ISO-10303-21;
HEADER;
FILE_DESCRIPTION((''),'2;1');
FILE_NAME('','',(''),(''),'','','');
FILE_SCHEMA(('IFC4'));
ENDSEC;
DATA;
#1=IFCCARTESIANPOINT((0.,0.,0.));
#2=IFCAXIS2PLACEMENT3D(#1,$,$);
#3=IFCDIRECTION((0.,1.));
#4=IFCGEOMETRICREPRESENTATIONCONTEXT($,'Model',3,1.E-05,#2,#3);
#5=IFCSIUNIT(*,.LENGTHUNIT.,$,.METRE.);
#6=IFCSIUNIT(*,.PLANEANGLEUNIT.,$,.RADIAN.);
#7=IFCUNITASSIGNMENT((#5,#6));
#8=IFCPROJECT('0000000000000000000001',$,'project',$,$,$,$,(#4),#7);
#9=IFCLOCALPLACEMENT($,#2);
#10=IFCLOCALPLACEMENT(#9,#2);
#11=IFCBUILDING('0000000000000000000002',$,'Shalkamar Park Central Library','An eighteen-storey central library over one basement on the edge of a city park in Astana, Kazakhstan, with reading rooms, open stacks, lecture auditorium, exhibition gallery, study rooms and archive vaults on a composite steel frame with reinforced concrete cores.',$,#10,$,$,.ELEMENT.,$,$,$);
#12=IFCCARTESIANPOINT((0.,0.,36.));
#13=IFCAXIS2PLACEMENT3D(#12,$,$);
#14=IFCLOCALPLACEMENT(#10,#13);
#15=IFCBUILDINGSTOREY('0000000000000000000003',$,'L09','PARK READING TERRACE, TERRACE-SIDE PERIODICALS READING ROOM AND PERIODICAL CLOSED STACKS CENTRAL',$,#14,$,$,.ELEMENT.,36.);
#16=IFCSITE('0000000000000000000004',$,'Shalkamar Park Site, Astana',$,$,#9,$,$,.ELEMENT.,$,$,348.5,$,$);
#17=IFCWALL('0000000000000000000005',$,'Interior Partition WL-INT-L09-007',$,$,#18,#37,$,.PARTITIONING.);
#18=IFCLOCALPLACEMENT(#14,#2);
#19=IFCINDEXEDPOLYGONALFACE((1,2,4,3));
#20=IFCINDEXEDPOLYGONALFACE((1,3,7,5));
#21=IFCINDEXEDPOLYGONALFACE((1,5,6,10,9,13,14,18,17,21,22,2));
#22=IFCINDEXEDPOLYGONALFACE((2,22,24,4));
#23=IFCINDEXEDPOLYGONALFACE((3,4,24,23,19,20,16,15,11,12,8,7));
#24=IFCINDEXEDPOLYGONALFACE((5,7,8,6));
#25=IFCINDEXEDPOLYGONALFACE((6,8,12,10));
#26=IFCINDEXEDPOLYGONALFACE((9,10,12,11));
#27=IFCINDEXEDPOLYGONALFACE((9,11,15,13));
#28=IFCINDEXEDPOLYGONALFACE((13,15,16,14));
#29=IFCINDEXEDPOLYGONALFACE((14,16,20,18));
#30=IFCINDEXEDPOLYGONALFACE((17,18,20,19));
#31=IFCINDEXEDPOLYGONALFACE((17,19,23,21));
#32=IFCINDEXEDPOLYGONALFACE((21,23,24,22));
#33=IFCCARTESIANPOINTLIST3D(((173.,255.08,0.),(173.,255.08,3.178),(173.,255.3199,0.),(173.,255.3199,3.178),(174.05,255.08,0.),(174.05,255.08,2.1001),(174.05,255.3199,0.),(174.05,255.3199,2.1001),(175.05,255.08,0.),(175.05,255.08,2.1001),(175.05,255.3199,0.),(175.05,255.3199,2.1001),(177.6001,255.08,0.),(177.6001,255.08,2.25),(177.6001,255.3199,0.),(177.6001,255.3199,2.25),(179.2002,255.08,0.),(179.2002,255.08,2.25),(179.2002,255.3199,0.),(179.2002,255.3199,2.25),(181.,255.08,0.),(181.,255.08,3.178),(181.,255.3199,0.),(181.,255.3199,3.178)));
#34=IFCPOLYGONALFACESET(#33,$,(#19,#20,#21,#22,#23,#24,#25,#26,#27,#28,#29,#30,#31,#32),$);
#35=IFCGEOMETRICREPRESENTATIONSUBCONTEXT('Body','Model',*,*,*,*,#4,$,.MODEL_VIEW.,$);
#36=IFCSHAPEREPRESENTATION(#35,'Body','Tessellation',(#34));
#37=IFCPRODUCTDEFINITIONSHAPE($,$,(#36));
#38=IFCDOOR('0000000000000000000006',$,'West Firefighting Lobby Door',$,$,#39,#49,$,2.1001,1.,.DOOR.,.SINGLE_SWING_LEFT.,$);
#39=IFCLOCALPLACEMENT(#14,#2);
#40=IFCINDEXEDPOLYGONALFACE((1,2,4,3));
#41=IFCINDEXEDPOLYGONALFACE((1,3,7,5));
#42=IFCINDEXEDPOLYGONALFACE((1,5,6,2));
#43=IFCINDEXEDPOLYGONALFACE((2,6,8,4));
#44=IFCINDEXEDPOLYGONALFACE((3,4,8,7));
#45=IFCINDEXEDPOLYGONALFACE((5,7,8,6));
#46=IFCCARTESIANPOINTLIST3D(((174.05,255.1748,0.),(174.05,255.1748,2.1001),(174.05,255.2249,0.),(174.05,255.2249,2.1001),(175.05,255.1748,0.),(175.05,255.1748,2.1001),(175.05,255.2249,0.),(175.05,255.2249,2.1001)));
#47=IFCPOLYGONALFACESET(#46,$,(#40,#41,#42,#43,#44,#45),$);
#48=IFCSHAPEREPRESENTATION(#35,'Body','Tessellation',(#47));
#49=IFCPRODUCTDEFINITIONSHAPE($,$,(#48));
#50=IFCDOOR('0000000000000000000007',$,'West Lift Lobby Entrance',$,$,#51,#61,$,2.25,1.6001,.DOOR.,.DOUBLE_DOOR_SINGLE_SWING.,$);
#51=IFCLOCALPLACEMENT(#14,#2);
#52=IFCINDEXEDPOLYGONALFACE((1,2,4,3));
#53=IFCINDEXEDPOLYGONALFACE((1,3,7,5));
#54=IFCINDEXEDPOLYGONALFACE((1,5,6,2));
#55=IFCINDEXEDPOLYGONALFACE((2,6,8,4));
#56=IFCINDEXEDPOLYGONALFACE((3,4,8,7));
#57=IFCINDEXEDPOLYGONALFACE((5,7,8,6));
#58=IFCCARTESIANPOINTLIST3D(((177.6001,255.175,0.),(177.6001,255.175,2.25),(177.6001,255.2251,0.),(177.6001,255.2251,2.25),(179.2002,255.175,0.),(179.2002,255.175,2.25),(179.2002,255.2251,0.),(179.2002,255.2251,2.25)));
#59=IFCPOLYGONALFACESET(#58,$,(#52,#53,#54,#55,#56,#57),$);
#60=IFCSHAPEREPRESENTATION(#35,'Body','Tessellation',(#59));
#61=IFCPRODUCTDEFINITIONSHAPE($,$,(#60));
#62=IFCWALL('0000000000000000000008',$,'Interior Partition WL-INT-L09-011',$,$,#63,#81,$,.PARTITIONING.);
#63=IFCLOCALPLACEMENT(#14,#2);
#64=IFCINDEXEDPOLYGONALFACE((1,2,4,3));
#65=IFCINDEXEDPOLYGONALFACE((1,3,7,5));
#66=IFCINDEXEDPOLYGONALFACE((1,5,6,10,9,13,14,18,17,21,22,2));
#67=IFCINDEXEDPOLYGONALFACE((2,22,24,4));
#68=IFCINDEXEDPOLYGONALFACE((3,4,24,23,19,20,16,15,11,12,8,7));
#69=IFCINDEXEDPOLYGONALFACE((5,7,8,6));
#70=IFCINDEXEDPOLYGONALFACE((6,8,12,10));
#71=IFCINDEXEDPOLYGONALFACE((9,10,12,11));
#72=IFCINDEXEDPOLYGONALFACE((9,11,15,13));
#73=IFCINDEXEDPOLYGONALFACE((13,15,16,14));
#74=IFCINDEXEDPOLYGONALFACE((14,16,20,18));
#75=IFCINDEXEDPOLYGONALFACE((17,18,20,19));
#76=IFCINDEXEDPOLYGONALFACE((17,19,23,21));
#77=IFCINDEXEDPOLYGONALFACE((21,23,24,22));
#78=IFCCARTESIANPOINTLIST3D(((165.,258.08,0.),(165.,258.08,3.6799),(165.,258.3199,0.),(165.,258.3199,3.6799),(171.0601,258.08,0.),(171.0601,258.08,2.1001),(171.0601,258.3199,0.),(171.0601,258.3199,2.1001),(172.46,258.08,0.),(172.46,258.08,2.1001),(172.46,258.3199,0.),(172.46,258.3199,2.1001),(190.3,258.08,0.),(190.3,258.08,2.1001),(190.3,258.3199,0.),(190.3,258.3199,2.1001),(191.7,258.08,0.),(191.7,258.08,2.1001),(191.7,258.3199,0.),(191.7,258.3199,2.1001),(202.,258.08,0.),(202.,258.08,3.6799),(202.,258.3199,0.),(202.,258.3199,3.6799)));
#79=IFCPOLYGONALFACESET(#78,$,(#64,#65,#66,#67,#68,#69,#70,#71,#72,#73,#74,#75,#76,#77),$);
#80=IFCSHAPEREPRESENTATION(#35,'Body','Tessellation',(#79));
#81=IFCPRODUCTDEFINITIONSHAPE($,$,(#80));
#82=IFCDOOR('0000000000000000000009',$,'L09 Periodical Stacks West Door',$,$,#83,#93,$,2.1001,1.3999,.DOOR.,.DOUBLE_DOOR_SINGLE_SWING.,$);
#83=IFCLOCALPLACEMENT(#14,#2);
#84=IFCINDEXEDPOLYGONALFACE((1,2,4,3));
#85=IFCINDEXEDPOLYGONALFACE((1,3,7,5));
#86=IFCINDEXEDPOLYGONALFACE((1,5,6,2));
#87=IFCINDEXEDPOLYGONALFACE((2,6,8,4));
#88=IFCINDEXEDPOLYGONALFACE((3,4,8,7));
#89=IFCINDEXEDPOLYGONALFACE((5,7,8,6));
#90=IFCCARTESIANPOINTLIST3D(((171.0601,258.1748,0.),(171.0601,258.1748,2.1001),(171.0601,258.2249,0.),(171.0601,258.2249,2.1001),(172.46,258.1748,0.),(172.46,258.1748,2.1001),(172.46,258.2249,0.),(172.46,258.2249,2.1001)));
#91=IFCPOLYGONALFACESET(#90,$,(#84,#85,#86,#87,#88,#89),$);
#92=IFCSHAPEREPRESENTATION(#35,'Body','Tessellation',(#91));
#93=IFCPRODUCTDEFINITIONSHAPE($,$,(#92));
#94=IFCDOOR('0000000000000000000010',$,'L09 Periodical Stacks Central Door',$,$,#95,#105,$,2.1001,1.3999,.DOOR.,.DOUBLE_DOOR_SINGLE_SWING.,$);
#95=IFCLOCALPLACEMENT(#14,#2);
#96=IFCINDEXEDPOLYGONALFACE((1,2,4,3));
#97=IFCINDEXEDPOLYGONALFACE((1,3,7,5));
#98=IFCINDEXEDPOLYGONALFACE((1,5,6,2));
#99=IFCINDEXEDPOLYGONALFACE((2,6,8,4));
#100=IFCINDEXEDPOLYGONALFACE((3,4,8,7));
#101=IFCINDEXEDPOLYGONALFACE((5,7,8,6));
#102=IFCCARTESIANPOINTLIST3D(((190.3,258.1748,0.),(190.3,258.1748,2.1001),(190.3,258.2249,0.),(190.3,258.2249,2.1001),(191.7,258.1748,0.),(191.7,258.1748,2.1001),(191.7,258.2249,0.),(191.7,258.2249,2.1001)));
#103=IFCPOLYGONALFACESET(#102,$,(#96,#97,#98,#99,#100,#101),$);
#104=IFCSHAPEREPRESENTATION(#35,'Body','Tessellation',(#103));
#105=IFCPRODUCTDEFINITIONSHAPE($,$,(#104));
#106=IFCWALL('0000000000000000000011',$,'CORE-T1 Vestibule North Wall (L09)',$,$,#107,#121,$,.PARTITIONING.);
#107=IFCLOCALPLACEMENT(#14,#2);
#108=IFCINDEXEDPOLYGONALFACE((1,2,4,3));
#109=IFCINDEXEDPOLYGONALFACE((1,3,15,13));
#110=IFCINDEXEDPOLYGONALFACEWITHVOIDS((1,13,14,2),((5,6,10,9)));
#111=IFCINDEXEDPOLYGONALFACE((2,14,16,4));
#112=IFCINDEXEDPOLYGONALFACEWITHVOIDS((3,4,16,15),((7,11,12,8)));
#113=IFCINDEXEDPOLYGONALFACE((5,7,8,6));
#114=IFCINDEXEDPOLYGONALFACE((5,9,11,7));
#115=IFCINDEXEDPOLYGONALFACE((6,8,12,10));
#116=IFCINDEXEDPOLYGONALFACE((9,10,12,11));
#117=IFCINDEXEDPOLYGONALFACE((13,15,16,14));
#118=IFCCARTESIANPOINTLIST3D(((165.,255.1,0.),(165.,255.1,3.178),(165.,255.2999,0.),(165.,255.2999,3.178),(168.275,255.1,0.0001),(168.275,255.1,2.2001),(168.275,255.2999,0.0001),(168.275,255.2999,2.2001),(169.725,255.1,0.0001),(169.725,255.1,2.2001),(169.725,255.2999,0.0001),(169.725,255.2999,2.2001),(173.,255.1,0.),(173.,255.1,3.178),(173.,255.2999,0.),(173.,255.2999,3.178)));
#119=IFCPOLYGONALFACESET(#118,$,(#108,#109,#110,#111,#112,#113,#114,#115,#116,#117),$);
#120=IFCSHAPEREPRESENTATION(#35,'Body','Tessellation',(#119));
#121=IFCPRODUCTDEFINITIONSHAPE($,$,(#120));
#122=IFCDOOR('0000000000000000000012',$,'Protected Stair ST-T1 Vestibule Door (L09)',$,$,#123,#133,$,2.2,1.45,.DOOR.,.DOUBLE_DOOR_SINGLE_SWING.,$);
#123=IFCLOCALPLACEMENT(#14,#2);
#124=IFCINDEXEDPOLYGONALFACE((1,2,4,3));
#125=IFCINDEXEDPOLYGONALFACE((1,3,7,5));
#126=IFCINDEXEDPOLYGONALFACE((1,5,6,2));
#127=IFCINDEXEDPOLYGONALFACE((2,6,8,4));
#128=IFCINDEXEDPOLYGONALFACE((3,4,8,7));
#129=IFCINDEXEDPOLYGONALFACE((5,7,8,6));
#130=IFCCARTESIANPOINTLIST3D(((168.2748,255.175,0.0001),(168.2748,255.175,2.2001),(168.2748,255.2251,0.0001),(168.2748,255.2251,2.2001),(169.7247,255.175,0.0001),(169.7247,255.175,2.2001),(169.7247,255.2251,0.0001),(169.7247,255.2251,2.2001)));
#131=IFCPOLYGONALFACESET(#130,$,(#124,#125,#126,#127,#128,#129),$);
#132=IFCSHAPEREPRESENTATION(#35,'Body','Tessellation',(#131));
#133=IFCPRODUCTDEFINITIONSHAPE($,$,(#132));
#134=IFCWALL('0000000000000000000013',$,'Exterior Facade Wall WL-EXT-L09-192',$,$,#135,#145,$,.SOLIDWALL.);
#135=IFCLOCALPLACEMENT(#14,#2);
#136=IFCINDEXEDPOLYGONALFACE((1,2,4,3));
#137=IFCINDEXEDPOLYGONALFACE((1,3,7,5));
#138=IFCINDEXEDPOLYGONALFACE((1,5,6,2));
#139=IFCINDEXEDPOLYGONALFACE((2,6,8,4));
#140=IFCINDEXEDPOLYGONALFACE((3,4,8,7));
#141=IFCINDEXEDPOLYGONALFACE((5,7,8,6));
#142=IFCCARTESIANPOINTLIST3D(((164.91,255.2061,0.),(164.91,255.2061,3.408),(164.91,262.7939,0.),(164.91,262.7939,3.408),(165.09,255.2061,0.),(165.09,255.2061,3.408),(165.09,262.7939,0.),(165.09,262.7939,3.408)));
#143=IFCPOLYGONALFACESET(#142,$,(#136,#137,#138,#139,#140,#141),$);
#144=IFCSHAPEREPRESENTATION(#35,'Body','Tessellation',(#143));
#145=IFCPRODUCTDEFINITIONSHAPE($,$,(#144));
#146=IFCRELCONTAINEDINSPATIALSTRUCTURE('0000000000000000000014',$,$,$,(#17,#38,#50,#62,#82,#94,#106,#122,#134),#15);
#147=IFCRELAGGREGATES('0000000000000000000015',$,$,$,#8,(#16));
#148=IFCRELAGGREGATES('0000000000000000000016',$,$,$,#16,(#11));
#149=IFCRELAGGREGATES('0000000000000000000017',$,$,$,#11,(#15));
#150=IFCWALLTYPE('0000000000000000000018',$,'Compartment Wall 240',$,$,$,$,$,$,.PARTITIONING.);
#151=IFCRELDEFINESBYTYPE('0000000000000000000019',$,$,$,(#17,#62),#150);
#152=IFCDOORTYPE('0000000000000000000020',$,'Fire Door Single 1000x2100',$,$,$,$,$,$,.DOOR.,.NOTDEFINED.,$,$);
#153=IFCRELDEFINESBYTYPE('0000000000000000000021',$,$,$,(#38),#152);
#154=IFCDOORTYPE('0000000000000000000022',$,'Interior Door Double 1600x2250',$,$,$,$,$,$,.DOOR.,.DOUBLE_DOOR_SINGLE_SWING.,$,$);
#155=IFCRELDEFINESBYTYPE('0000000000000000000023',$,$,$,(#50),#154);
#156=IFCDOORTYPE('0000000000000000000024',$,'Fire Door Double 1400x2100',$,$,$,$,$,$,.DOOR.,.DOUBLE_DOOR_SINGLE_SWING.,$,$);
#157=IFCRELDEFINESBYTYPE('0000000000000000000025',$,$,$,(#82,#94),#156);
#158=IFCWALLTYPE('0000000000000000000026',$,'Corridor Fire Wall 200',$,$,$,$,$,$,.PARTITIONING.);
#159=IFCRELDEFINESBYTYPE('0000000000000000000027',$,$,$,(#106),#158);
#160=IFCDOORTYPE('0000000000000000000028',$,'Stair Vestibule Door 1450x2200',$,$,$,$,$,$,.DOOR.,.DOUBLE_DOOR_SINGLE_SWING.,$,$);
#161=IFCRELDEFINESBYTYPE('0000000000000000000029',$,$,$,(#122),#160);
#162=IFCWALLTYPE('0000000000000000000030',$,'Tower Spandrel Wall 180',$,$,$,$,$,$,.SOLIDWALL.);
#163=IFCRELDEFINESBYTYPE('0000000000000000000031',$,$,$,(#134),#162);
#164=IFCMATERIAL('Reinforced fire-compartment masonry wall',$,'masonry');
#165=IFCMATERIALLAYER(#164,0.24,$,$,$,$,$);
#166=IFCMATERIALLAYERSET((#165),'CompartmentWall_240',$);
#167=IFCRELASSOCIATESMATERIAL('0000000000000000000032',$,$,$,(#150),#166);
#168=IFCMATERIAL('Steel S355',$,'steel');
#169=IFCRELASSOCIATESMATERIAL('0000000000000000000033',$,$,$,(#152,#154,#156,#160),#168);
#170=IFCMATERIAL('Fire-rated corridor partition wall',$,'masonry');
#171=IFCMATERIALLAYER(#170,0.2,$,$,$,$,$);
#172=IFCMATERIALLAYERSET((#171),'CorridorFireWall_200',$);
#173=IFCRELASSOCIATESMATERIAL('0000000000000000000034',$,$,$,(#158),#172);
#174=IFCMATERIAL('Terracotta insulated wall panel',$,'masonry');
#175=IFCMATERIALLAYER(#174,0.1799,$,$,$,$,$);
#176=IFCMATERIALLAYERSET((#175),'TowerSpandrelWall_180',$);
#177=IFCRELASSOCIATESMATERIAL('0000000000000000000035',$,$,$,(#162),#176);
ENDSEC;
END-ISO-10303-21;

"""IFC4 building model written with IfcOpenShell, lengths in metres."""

from ifc_helpers import new_model, si_unit, direction, frame, frame_2d, origin, place, context, subcontext, project, spatial, rectangle, extrude, material, layer, layer_set, type_object, element, fill, save


model = new_model("IFC4")

# Units and contexts
model_context = context("Model", 3, precision=1e-05, world=origin(), true_north=direction((0.0, 1.0)))
body_context = subcontext(model_context, "Body", "Model", "MODEL_VIEW")
ifc_project = project(units=[si_unit("LENGTHUNIT", "METRE"), si_unit("PLANEANGLEUNIT", "RADIAN")], contexts=[model_context])

# Site, building, storey
site_placement = place(None, origin())
site = spatial("IfcSite", under=ifc_project, at=site_placement, Name="Shalkamar Park Site, Astana", CompositionType="ELEMENT", RefElevation=348.5)
building_placement = place(site_placement, origin())
building = spatial("IfcBuilding", under=site, at=building_placement, Name="Shalkamar Park Central Library", Description="An eighteen-storey central library over one basement on the edge of a city park in Astana, Kazakhstan, with reading rooms, open stacks, lecture auditorium, exhibition gallery, study rooms and archive vaults on a composite steel frame with reinforced concrete cores.", CompositionType="ELEMENT")
storey_placement = place(building_placement, frame((0.0, 0.0, 36.0)))
storey = spatial("IfcBuildingStorey", under=building, at=storey_placement, Name="L09", Description="PARK READING TERRACE, TERRACE-SIDE PERIODICALS READING ROOM AND PERIODICAL CLOSED STACKS CENTRAL", CompositionType="ELEMENT", Elevation=36.0)

# Shared definitions
ifc_material_1 = material(Name="Steel S355", Category="steel")

# Walls, openings, doors
ifc_material_2 = material(Name="Reinforced fire-compartment masonry wall", Category="masonry")
ifc_layer_1 = layer(ifc_material_2, 0.24)
ifc_layer_set_1 = layer_set([ifc_layer_1], Name="CompartmentWall_240")
wall_type_1 = type_object("IfcWallType", Name="Compartment Wall 240", PredefinedType="PARTITIONING", material=ifc_layer_set_1)
wall_1_placement = place(storey_placement, frame((173.0, 255.2, 0.0), z_axis=(0.0, 0.0, 1.0), x_axis=(1.0, 0.0, 0.0)))
wall_1 = element("IfcWall", 1, at=wall_1_placement, inside=storey, type_object=wall_type_1, Name="Interior Partition WL-INT-L09-007", PredefinedType="PARTITIONING", context=body_context, shape_type="SweptSolid", body=[
    extrude(rectangle(XDim=8.0, YDim=0.24, at=frame_2d((4.0, 0.0))), origin(), (0.0, 0.0, 1.0), 3.178),
])
opening_1_placement = place(wall_1_placement, frame((1.05, 0.0, 0.0)))
opening_1 = element("IfcOpeningElement", 2, at=opening_1_placement, cuts=wall_1, PredefinedType="OPENING", context=body_context, shape_type="SweptSolid", body=[
    extrude(rectangle(XDim=1.0, YDim=2.1001, at=frame_2d((0.5, 1.05))), frame((0.0, 0.1348, 0.0), z_axis=(0.0, -1.0, 0.0), x_axis=(1.0, 0.0, 0.0)), (0.0, 0.0, 1.0), 0.2698),
])
opening_2_placement = place(wall_1_placement, frame((4.6001, 0.0, 0.0)))
opening_2 = element("IfcOpeningElement", 3, at=opening_2_placement, cuts=wall_1, PredefinedType="OPENING", context=body_context, shape_type="SweptSolid", body=[
    extrude(rectangle(XDim=1.6001, YDim=2.25, at=frame_2d((0.8, 1.125))), frame((0.0, 0.1348, 0.0), z_axis=(0.0, -1.0, 0.0), x_axis=(1.0, 0.0, 0.0)), (0.0, 0.0, 1.0), 0.2698),
])
door_type_1 = type_object("IfcDoorType", Name="Fire Door Single 1000x2100", OperationType="NOTDEFINED", PredefinedType="DOOR", material=ifc_material_1)
door_1_placement = place(opening_1_placement, origin())
door_1 = element("IfcDoor", 4, at=door_1_placement, inside=storey, type_object=door_type_1, Name="West Firefighting Lobby Door", OperationType="SINGLE_SWING_LEFT", OverallHeight=2.1001, OverallWidth=1.0, PredefinedType="DOOR", context=body_context, shape_type="SweptSolid", body=[
    extrude(rectangle(XDim=1.0, YDim=2.1001, at=frame_2d((0.5, 1.05))), frame((0.0, 0.0249, 0.0), z_axis=(0.0, -1.0, 0.0), x_axis=(1.0, 0.0, 0.0)), (0.0, 0.0, 1.0), 0.05),
])
fill(opening_1, door_1)
door_type_2 = type_object("IfcDoorType", Name="Interior Door Double 1600x2250", OperationType="DOUBLE_DOOR_SINGLE_SWING", PredefinedType="DOOR", material=ifc_material_1)
door_2_placement = place(opening_2_placement, frame((1.6001, 0.0, 0.0), z_axis=(0.0, 0.0, 1.0), x_axis=(-1.0, 0.0, 0.0)))
door_2 = element("IfcDoor", 5, at=door_2_placement, inside=storey, type_object=door_type_2, Name="West Lift Lobby Entrance", OperationType="DOUBLE_DOOR_SINGLE_SWING", OverallHeight=2.25, OverallWidth=1.6001, PredefinedType="DOOR", context=body_context, shape_type="SweptSolid", body=[
    extrude(rectangle(XDim=1.6001, YDim=2.25, at=frame_2d((0.8, 1.125))), frame((0.0, 0.0249, 0.0), z_axis=(0.0, -1.0, 0.0), x_axis=(1.0, 0.0, 0.0)), (0.0, 0.0, 1.0), 0.05),
])
fill(opening_2, door_2)
wall_2_placement = place(storey_placement, frame((165.0, 258.2, 0.0), z_axis=(0.0, 0.0, 1.0), x_axis=(1.0, 0.0, 0.0)))
wall_2 = element("IfcWall", 6, at=wall_2_placement, inside=storey, type_object=wall_type_1, Name="Interior Partition WL-INT-L09-011", PredefinedType="PARTITIONING", context=body_context, shape_type="SweptSolid", body=[
    extrude(rectangle(XDim=37.0, YDim=0.24, at=frame_2d((18.5, 0.0))), origin(), (0.0, 0.0, 1.0), 3.6799),
])
opening_3_placement = place(wall_2_placement, frame((6.0601, 0.0, 0.0)))
opening_3 = element("IfcOpeningElement", 7, at=opening_3_placement, cuts=wall_2, PredefinedType="OPENING", context=body_context, shape_type="SweptSolid", body=[
    extrude(rectangle(XDim=1.3999, YDim=2.1001, at=frame_2d((0.7, 1.05))), frame((0.0, 0.1348, 0.0), z_axis=(0.0, -1.0, 0.0), x_axis=(1.0, 0.0, 0.0)), (0.0, 0.0, 1.0), 0.2698),
])
opening_4_placement = place(wall_2_placement, frame((25.3, 0.0, 0.0)))
opening_4 = element("IfcOpeningElement", 8, at=opening_4_placement, cuts=wall_2, PredefinedType="OPENING", context=body_context, shape_type="SweptSolid", body=[
    extrude(rectangle(XDim=1.3999, YDim=2.1001, at=frame_2d((0.7, 1.05))), frame((0.0, 0.1348, 0.0), z_axis=(0.0, -1.0, 0.0), x_axis=(1.0, 0.0, 0.0)), (0.0, 0.0, 1.0), 0.2698),
])
door_type_3 = type_object("IfcDoorType", Name="Fire Door Double 1400x2100", OperationType="DOUBLE_DOOR_SINGLE_SWING", PredefinedType="DOOR", material=ifc_material_1)
door_3_placement = place(opening_3_placement, origin())
door_3 = element("IfcDoor", 9, at=door_3_placement, inside=storey, type_object=door_type_3, Name="L09 Periodical Stacks West Door", OperationType="DOUBLE_DOOR_SINGLE_SWING", OverallHeight=2.1001, OverallWidth=1.3999, PredefinedType="DOOR", context=body_context, shape_type="SweptSolid", body=[
    extrude(rectangle(XDim=1.3999, YDim=2.1001, at=frame_2d((0.7, 1.05))), frame((0.0, 0.0249, 0.0), z_axis=(0.0, -1.0, 0.0), x_axis=(1.0, 0.0, 0.0)), (0.0, 0.0, 1.0), 0.05),
])
fill(opening_3, door_3)
door_4_placement = place(opening_4_placement, origin())
door_4 = element("IfcDoor", 10, at=door_4_placement, inside=storey, type_object=door_type_3, Name="L09 Periodical Stacks Central Door", OperationType="DOUBLE_DOOR_SINGLE_SWING", OverallHeight=2.1001, OverallWidth=1.3999, PredefinedType="DOOR", context=body_context, shape_type="SweptSolid", body=[
    extrude(rectangle(XDim=1.3999, YDim=2.1001, at=frame_2d((0.7, 1.05))), frame((0.0, 0.0249, 0.0), z_axis=(0.0, -1.0, 0.0), x_axis=(1.0, 0.0, 0.0)), (0.0, 0.0, 1.0), 0.05),
])
fill(opening_4, door_4)

# Wall, opening, door
ifc_material_3 = material(Name="Fire-rated corridor partition wall", Category="masonry")
ifc_layer_2 = layer(ifc_material_3, 0.2)
ifc_layer_set_2 = layer_set([ifc_layer_2], Name="CorridorFireWall_200")
wall_type_2 = type_object("IfcWallType", Name="Corridor Fire Wall 200", PredefinedType="PARTITIONING", material=ifc_layer_set_2)
wall_3_placement = place(storey_placement, frame((165.0, 255.2, 0.0), z_axis=(0.0, 0.0, 1.0), x_axis=(1.0, 0.0, 0.0)))
wall_3 = element("IfcWall", 11, at=wall_3_placement, inside=storey, type_object=wall_type_2, Name="CORE-T1 Vestibule North Wall (L09)", PredefinedType="PARTITIONING", context=body_context, shape_type="SweptSolid", body=[
    extrude(rectangle(XDim=8.0, YDim=0.2, at=frame_2d((4.0, 0.0))), origin(), (0.0, 0.0, 1.0), 3.178),
])
opening_5_placement = place(wall_3_placement, frame((3.2749, 0.0, 0.0)))
opening_5 = element("IfcOpeningElement", 12, at=opening_5_placement, cuts=wall_3, PredefinedType="OPENING", context=body_context, shape_type="SweptSolid", body=[
    extrude(rectangle(XDim=1.45, YDim=2.2, at=frame_2d((0.7251, 1.1001))), frame((0.0, 0.1147, 0.0), z_axis=(0.0, -1.0, 0.0), x_axis=(1.0, 0.0, 0.0)), (0.0, 0.0, 1.0), 0.2297),
])
door_type_4 = type_object("IfcDoorType", Name="Stair Vestibule Door 1450x2200", OperationType="DOUBLE_DOOR_SINGLE_SWING", PredefinedType="DOOR", material=ifc_material_1)
door_5_placement = place(opening_5_placement, frame((1.45, 0.0, 0.0), z_axis=(0.0, 0.0, 1.0), x_axis=(-1.0, 0.0, 0.0)))
door_5 = element("IfcDoor", 13, at=door_5_placement, inside=storey, type_object=door_type_4, Name="Protected Stair ST-T1 Vestibule Door (L09)", OperationType="DOUBLE_DOOR_SINGLE_SWING", OverallHeight=2.2, OverallWidth=1.45, PredefinedType="DOOR", context=body_context, shape_type="SweptSolid", body=[
    extrude(rectangle(XDim=1.45, YDim=2.2, at=frame_2d((0.7251, 1.1001))), frame((0.0, 0.0249, 0.0), z_axis=(0.0, -1.0, 0.0), x_axis=(1.0, 0.0, 0.0)), (0.0, 0.0, 1.0), 0.05),
])
fill(opening_5, door_5)

# Wall
ifc_material_4 = material(Name="Terracotta insulated wall panel", Category="masonry")
ifc_layer_3 = layer(ifc_material_4, 0.1799)
ifc_layer_set_3 = layer_set([ifc_layer_3], Name="TowerSpandrelWall_180")
wall_type_3 = type_object("IfcWallType", Name="Tower Spandrel Wall 180", PredefinedType="SOLIDWALL", material=ifc_layer_set_3)
wall_4_placement = place(storey_placement, frame((165.0, 255.2061, 0.0), z_axis=(0.0, 0.0, 1.0), x_axis=(0.0, 1.0, 0.0)))
element("IfcWall", 14, at=wall_4_placement, inside=storey, type_object=wall_type_3, Name="Exterior Facade Wall WL-EXT-L09-192", PredefinedType="SOLIDWALL", context=body_context, shape_type="SweptSolid", body=[
    extrude(rectangle(XDim=7.5879, YDim=0.1799, at=frame_2d((3.7939, 0.0))), origin(), (0.0, 0.0, 1.0), 3.408),
])

save(model, "model.ifc")
